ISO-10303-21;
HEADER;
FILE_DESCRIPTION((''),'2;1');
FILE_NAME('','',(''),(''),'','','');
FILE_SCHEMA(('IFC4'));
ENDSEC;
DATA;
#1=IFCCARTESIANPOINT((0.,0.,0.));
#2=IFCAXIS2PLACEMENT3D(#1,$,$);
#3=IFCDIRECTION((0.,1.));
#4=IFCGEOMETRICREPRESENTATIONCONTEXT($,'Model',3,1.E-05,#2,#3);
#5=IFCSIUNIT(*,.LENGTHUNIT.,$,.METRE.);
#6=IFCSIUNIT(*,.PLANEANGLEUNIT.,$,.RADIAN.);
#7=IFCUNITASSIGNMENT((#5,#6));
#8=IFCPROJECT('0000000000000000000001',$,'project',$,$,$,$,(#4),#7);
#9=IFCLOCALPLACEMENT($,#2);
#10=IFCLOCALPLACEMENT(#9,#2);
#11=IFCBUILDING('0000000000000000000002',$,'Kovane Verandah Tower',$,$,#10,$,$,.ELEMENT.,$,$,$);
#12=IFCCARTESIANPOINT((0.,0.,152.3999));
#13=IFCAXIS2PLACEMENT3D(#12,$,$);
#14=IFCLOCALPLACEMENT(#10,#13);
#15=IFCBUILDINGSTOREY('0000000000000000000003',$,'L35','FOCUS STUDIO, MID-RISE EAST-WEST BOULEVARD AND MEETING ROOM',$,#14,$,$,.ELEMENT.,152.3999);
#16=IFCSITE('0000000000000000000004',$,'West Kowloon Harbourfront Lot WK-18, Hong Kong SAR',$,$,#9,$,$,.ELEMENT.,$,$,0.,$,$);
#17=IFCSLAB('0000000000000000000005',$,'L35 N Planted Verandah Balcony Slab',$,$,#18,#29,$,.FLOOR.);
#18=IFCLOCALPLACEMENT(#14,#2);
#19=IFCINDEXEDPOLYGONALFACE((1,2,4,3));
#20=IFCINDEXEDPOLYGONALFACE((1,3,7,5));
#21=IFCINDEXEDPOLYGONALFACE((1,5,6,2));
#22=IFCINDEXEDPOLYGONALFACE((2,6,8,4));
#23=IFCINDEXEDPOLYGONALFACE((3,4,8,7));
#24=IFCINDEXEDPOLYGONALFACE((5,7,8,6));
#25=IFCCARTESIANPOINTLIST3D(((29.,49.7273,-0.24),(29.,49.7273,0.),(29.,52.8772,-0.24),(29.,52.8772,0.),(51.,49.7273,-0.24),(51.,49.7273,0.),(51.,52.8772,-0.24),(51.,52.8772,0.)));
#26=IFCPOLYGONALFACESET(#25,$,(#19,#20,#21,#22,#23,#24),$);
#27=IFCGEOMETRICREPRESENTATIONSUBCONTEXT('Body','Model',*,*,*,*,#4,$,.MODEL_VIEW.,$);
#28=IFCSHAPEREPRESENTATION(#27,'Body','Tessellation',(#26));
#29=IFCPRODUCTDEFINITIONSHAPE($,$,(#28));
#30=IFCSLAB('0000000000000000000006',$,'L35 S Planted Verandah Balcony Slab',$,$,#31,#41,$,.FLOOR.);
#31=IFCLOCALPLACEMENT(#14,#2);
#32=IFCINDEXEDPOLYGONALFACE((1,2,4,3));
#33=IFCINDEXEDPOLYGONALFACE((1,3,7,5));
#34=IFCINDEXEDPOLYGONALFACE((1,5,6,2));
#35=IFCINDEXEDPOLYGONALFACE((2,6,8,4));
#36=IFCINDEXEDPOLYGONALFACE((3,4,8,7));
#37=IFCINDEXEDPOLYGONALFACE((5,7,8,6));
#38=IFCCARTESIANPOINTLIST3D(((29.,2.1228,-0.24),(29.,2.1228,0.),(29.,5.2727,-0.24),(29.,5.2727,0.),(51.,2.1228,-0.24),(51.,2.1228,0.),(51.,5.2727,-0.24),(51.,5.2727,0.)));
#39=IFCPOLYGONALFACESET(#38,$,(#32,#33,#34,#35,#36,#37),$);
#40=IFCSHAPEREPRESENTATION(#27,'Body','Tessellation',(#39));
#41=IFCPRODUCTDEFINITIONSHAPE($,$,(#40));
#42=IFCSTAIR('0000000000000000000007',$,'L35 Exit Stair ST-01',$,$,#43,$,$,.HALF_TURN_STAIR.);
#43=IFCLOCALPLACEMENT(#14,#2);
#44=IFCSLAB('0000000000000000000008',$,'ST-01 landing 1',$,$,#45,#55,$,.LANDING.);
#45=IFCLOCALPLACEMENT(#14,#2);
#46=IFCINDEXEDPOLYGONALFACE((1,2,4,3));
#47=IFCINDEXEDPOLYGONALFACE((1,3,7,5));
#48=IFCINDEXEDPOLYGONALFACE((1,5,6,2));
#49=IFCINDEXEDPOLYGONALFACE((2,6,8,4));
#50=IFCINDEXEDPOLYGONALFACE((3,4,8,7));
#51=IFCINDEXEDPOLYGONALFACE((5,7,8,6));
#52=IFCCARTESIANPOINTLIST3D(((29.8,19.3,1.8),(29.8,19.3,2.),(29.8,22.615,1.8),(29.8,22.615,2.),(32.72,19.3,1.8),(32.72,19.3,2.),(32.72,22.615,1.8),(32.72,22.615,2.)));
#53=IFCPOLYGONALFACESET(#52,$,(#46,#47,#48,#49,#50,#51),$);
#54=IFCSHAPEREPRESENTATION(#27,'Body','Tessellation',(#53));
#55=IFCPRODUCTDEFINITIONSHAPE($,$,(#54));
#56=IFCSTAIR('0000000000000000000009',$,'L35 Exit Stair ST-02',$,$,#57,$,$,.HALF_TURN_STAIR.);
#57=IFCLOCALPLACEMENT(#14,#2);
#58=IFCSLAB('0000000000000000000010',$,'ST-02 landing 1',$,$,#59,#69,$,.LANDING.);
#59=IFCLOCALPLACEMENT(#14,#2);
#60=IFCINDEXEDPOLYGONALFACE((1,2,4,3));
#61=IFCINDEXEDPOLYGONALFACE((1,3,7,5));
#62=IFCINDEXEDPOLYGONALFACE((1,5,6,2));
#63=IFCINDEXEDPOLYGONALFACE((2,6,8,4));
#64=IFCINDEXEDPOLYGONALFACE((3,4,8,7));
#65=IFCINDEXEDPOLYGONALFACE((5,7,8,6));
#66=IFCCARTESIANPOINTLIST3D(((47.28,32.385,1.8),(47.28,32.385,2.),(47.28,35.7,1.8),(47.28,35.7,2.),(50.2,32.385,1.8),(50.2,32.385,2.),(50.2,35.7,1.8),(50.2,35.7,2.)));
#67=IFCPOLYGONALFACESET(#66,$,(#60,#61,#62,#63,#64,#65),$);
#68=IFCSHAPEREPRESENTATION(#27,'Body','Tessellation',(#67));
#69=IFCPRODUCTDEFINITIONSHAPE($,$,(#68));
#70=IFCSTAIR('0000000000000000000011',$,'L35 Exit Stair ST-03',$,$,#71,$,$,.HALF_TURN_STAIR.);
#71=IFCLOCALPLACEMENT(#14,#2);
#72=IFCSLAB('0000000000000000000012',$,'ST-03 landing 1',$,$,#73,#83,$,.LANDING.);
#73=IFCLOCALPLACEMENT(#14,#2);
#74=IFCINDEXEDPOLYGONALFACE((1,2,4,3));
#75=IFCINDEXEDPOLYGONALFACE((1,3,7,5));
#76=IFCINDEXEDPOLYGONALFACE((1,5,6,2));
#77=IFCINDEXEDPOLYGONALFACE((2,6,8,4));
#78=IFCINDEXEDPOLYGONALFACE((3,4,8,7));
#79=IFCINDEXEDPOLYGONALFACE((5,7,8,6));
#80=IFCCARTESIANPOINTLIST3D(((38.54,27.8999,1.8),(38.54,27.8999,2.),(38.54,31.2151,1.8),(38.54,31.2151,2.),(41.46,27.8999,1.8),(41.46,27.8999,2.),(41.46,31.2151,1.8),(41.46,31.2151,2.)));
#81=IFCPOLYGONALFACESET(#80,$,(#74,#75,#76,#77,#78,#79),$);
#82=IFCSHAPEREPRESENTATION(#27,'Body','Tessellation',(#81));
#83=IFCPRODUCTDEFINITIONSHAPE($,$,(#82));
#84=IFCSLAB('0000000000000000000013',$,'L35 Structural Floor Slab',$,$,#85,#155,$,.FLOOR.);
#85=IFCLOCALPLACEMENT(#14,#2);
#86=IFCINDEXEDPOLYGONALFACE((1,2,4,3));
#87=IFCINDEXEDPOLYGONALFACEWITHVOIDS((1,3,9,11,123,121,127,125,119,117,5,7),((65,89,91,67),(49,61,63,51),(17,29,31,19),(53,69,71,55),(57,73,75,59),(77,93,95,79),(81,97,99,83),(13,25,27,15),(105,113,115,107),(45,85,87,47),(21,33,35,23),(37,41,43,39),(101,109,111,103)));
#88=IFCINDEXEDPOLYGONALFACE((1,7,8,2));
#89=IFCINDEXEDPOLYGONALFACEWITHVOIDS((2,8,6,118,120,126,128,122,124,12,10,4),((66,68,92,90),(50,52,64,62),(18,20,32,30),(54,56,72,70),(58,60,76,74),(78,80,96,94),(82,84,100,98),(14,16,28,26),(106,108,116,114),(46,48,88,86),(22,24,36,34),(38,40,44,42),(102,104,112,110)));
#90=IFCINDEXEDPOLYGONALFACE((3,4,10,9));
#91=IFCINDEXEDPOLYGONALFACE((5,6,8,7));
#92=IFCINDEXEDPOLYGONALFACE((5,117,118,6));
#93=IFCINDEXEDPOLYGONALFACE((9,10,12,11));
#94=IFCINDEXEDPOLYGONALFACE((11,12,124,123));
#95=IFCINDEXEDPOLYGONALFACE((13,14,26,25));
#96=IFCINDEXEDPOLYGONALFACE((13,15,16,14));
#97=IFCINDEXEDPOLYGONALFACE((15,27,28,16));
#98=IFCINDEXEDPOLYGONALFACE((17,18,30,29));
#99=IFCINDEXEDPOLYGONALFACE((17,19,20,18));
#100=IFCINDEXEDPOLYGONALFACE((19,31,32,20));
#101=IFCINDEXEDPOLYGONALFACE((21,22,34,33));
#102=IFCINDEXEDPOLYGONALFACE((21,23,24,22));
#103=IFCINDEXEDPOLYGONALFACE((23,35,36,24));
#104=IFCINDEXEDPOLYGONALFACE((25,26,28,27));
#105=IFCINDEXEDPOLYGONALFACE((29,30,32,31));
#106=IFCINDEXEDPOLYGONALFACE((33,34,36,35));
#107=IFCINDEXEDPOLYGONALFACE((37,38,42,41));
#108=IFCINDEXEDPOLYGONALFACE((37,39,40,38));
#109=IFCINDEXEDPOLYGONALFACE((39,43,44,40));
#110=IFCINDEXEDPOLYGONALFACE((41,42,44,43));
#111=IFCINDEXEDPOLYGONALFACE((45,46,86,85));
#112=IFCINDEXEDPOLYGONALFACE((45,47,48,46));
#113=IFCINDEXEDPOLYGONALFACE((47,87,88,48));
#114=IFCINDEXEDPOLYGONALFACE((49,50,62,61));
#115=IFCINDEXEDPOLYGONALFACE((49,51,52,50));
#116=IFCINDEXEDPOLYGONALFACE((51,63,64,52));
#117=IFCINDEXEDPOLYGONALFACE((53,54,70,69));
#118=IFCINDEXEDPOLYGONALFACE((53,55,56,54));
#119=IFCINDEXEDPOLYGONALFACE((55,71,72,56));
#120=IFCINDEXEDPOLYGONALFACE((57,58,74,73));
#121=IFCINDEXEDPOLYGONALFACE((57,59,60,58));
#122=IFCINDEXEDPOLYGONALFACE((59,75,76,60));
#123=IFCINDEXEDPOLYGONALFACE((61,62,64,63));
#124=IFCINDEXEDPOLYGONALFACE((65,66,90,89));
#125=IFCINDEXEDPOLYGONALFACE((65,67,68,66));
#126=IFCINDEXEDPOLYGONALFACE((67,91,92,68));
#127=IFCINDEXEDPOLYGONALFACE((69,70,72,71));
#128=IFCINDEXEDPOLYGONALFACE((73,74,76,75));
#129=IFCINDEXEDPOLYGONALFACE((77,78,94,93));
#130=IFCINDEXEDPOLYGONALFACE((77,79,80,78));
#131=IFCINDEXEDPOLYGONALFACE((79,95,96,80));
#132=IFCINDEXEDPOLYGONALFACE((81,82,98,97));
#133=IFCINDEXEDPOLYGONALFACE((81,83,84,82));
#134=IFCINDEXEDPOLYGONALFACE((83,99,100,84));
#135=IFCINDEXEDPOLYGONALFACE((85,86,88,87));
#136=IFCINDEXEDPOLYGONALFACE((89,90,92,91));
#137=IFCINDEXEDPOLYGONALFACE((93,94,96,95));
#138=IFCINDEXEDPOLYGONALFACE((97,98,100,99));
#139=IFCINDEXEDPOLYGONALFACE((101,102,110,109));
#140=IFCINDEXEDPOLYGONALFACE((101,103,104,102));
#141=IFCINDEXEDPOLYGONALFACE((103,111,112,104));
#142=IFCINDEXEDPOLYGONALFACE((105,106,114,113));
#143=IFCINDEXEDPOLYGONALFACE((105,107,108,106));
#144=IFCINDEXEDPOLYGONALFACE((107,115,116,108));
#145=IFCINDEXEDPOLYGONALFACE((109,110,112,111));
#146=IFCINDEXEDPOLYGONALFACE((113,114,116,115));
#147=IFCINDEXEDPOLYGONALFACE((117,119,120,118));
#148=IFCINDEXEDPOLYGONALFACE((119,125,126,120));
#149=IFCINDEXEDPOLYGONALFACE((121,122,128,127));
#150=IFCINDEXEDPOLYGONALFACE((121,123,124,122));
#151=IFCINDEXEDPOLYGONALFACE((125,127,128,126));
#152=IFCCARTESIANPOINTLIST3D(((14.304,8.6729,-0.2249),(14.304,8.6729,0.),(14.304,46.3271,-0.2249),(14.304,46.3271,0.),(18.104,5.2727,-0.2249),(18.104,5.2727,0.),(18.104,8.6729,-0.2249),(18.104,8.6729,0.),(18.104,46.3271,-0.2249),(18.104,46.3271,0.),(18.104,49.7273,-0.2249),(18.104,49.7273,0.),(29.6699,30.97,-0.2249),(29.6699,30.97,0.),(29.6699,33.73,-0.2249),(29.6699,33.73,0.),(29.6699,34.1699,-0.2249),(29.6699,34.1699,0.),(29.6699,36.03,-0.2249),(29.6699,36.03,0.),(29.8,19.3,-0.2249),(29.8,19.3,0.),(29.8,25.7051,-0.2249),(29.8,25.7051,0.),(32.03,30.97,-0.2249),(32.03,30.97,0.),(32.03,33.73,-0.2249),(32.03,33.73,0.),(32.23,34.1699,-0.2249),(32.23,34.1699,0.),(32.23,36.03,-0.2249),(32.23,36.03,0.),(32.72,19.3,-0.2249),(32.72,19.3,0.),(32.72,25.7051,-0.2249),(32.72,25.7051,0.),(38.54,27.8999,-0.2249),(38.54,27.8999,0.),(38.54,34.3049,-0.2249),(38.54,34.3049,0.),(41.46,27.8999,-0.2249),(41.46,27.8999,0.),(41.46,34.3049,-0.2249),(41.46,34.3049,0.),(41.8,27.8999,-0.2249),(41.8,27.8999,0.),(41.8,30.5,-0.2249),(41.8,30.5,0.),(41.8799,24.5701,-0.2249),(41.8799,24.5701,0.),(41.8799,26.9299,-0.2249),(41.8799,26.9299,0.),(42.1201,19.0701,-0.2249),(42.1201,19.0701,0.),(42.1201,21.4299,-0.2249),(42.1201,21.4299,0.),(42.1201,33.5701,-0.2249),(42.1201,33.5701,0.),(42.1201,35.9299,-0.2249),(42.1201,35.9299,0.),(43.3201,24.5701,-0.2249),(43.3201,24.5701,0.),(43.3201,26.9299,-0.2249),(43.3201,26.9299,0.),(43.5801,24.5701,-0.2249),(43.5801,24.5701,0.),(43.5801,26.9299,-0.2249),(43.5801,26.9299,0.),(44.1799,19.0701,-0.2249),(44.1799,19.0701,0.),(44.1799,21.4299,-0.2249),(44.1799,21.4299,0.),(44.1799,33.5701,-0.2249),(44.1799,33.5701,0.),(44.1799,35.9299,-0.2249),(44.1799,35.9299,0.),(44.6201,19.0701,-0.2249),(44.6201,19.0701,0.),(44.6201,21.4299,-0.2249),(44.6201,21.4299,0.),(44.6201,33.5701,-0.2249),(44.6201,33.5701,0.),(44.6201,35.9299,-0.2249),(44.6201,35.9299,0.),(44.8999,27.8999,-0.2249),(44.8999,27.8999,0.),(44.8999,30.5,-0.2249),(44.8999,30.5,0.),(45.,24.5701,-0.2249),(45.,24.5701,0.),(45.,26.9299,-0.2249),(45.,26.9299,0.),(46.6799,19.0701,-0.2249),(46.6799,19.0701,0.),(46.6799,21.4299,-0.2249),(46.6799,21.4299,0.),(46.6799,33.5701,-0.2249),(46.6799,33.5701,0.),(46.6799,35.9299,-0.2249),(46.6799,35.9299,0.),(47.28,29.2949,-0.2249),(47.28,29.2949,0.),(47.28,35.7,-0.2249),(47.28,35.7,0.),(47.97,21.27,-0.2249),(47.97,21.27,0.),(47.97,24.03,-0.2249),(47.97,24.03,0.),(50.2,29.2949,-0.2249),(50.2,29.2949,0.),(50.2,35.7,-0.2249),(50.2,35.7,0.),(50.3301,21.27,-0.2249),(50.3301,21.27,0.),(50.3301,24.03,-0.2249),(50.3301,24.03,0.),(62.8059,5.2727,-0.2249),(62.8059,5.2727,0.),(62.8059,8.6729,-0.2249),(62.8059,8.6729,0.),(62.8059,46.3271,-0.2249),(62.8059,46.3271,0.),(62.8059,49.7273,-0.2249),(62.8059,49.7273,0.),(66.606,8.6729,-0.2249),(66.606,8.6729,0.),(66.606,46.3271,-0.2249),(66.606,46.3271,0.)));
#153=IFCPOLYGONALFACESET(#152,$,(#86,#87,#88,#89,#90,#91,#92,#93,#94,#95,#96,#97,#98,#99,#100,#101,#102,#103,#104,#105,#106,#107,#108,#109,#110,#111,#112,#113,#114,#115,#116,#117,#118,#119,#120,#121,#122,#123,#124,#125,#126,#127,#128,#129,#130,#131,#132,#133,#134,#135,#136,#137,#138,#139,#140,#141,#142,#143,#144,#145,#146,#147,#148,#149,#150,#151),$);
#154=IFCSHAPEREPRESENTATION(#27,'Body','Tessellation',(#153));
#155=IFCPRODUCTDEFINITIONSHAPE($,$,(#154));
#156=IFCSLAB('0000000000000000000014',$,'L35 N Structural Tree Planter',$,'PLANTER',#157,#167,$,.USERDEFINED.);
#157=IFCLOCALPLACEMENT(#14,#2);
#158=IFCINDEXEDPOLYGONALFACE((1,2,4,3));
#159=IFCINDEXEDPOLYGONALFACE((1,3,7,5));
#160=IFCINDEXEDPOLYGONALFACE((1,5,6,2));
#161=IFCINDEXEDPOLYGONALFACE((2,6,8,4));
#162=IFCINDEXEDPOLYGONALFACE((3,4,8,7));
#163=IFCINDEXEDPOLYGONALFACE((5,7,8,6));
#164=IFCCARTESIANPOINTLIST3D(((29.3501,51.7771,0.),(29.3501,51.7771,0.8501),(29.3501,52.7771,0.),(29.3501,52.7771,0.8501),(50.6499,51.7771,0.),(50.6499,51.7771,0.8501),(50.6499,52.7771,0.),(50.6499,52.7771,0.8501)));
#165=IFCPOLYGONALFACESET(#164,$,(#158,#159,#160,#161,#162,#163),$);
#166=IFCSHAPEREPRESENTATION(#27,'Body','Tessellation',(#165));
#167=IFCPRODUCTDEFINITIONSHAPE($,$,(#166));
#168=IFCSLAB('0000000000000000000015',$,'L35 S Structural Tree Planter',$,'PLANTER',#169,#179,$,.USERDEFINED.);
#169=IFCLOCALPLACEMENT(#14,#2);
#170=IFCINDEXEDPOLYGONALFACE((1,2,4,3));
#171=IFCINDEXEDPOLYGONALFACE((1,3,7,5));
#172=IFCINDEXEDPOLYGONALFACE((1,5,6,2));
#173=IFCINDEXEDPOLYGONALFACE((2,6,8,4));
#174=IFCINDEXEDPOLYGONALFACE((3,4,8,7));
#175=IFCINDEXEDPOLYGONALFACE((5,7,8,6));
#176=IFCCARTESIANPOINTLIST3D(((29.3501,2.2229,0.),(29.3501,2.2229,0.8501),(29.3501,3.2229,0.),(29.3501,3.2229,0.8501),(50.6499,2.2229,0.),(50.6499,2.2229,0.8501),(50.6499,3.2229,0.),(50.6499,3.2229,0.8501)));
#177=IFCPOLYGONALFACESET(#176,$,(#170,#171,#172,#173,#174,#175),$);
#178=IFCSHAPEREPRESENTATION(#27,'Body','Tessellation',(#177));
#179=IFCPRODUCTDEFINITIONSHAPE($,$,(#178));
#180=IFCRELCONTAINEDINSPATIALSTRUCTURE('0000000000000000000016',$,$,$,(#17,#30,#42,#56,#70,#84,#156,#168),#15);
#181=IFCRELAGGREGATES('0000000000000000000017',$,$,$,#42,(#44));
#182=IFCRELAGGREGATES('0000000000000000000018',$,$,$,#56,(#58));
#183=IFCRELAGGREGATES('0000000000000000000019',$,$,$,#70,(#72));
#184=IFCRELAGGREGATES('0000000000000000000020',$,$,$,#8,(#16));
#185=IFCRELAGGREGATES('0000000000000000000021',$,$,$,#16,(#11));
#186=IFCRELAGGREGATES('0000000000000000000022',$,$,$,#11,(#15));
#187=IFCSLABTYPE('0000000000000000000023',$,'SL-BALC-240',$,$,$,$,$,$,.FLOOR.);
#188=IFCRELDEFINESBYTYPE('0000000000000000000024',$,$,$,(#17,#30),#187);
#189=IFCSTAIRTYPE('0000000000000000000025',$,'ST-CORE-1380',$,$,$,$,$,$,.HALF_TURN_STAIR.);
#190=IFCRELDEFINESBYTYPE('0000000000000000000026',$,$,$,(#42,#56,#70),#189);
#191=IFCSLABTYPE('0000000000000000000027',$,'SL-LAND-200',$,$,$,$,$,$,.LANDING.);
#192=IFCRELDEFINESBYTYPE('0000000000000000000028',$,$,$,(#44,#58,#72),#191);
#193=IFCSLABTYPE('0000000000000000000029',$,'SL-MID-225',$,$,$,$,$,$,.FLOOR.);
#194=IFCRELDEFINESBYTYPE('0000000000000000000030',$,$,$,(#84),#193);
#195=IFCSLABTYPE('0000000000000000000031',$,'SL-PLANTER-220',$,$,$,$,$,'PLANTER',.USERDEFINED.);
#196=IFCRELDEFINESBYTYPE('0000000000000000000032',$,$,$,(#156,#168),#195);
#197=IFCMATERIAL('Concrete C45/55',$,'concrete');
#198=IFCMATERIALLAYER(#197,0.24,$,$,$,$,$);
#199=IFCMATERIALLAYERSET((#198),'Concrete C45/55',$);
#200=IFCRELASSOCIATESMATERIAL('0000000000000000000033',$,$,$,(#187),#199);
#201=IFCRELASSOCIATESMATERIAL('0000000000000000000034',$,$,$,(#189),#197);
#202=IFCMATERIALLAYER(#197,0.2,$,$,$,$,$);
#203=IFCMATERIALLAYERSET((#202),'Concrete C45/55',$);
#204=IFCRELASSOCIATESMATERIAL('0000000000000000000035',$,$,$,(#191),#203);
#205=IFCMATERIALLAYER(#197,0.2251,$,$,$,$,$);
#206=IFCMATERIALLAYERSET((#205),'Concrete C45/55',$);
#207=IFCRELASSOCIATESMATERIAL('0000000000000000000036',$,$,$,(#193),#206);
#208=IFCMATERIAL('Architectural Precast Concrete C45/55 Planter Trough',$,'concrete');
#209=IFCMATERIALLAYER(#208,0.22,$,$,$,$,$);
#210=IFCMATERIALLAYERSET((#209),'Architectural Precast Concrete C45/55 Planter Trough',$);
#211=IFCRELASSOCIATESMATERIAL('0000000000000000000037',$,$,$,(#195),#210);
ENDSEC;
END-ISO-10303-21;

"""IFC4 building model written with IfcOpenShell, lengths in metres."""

from ifc_helpers import new_model, si_unit, direction, frame, origin, place, context, subcontext, project, spatial, polyline, outline, extrude, material, layer, layer_set, type_object, element, aggregate, save


model = new_model("IFC4")

# Units and contexts
model_context = context("Model", 3, precision=1e-05, world=origin(), true_north=direction((0.0, 1.0)))
body_context = subcontext(model_context, "Body", "Model", "MODEL_VIEW")
ifc_project = project(units=[si_unit("LENGTHUNIT", "METRE"), si_unit("PLANEANGLEUNIT", "RADIAN")], contexts=[model_context])

# Site, building, storey
site_placement = place(None, origin())
site = spatial("IfcSite", under=ifc_project, at=site_placement, Name="West Kowloon Harbourfront Lot WK-18, Hong Kong SAR", CompositionType="ELEMENT", RefElevation=0.0)
building_placement = place(site_placement, origin())
building = spatial("IfcBuilding", under=site, at=building_placement, Name="Kovane Verandah Tower", CompositionType="ELEMENT")
storey_placement = place(building_placement, frame((0.0, 0.0, 152.3999)))
storey = spatial("IfcBuildingStorey", under=building, at=storey_placement, Name="L35", Description="FOCUS STUDIO, MID-RISE EAST-WEST BOULEVARD AND MEETING ROOM", CompositionType="ELEMENT", Elevation=152.3999)

# Slabs
ifc_material_1 = material(Name="Concrete C45/55", Category="concrete")
ifc_layer_1 = layer(ifc_material_1, 0.24)
ifc_layer_set_1 = layer_set([ifc_layer_1], Name="Concrete C45/55")
slab_type_1 = type_object("IfcSlabType", Name="SL-BALC-240", PredefinedType="FLOOR", material=ifc_layer_set_1)
slab_1_placement = place(storey_placement, frame((0.0, 0.0, -0.24)))
element("IfcSlab", 1, at=slab_1_placement, inside=storey, type_object=slab_type_1, Name="L35 N Planted Verandah Balcony Slab", PredefinedType="FLOOR", context=body_context, shape_type="SweptSolid", body=[
    extrude(outline(polyline([(29.0, 49.7273), (51.0, 49.7273), (51.0, 52.8772), (29.0, 52.8772), (29.0, 49.7273)])), origin(), (0.0, 0.0, 1.0), 0.24),
])
slab_2_placement = place(storey_placement, frame((0.0, 0.0, -0.24)))
element("IfcSlab", 2, at=slab_2_placement, inside=storey, type_object=slab_type_1, Name="L35 S Planted Verandah Balcony Slab", PredefinedType="FLOOR", context=body_context, shape_type="SweptSolid", body=[
    extrude(outline(polyline([(29.0, 2.1228), (51.0, 2.1228), (51.0, 5.2727), (29.0, 5.2727), (29.0, 2.1228)])), origin(), (0.0, 0.0, 1.0), 0.24),
])

# Stairs, slabs
stair_type = type_object("IfcStairType", Name="ST-CORE-1380", PredefinedType="HALF_TURN_STAIR", material=ifc_material_1)
stair_1_placement = place(storey_placement, origin())
stair_1 = element("IfcStair", 3, at=stair_1_placement, inside=storey, type_object=stair_type, Name="L35 Exit Stair ST-01", PredefinedType="HALF_TURN_STAIR")
ifc_layer_2 = layer(ifc_material_1, 0.2)
ifc_layer_set_2 = layer_set([ifc_layer_2], Name="Concrete C45/55")
slab_type_2 = type_object("IfcSlabType", Name="SL-LAND-200", PredefinedType="LANDING", material=ifc_layer_set_2)
slab_3_placement = place(storey_placement, frame((0.0, 0.0, 1.8)))
slab_3 = element("IfcSlab", 4, at=slab_3_placement, type_object=slab_type_2, Name="ST-01 landing 1", PredefinedType="LANDING", context=body_context, shape_type="SweptSolid", body=[
    extrude(outline(polyline([(29.8, 22.615), (29.8, 19.3), (32.72, 19.3), (32.72, 22.615), (29.8, 22.615)])), origin(), (0.0, 0.0, 1.0), 0.2),
])
aggregate(stair_1, [slab_3])
stair_2_placement = place(storey_placement, origin())
stair_2 = element("IfcStair", 5, at=stair_2_placement, inside=storey, type_object=stair_type, Name="L35 Exit Stair ST-02", PredefinedType="HALF_TURN_STAIR")
slab_4_placement = place(storey_placement, frame((0.0, 0.0, 1.8)))
slab_4 = element("IfcSlab", 6, at=slab_4_placement, type_object=slab_type_2, Name="ST-02 landing 1", PredefinedType="LANDING", context=body_context, shape_type="SweptSolid", body=[
    extrude(outline(polyline([(50.2, 32.385), (50.2, 35.7), (47.28, 35.7), (47.28, 32.385), (50.2, 32.385)])), origin(), (0.0, 0.0, 1.0), 0.2),
])
aggregate(stair_2, [slab_4])
stair_3_placement = place(storey_placement, origin())
stair_3 = element("IfcStair", 7, at=stair_3_placement, inside=storey, type_object=stair_type, Name="L35 Exit Stair ST-03", PredefinedType="HALF_TURN_STAIR")
slab_5_placement = place(storey_placement, frame((0.0, 0.0, 1.8)))
slab_5 = element("IfcSlab", 8, at=slab_5_placement, type_object=slab_type_2, Name="ST-03 landing 1", PredefinedType="LANDING", context=body_context, shape_type="SweptSolid", body=[
    extrude(outline(polyline([(38.54, 31.2151), (38.54, 27.8999), (41.46, 27.8999), (41.46, 31.2151), (38.54, 31.2151)])), origin(), (0.0, 0.0, 1.0), 0.2),
])
aggregate(stair_3, [slab_5])

# Slabs
ifc_layer_3 = layer(ifc_material_1, 0.2251)
ifc_layer_set_3 = layer_set([ifc_layer_3], Name="Concrete C45/55")
slab_type_3 = type_object("IfcSlabType", Name="SL-MID-225", PredefinedType="FLOOR", material=ifc_layer_set_3)
slab_6_placement = place(storey_placement, frame((0.0, 0.0, -0.2249)))
element("IfcSlab", 9, at=slab_6_placement, inside=storey, type_object=slab_type_3, Name="L35 Structural Floor Slab", PredefinedType="FLOOR", context=body_context, shape_type="SweptSolid", body=[
    extrude(outline(polyline([(18.104, 5.2727), (62.8059, 5.2727), (62.8059, 8.6729), (66.606, 8.6729), (66.606, 46.3271), (62.8059, 46.3271), (62.8059, 49.7273), (18.104, 49.7273), (18.104, 46.3271), (14.304, 46.3271), (14.304, 8.6729), (18.104, 8.6729), (18.104, 5.2727)]), holes=[polyline([(29.8, 19.3), (32.72, 19.3), (32.72, 25.7051), (29.8, 25.7051), (29.8, 19.3)]), polyline([(47.28, 29.2949), (50.2, 29.2949), (50.2, 35.7), (47.28, 35.7), (47.28, 29.2949)]), polyline([(38.54, 27.8999), (41.46, 27.8999), (41.46, 34.3049), (38.54, 34.3049), (38.54, 27.8999)]), polyline([(29.6699, 30.97), (32.03, 30.97), (32.03, 33.73), (29.6699, 33.73), (29.6699, 30.97)]), polyline([(47.97, 21.27), (50.3301, 21.27), (50.3301, 24.03), (47.97, 24.03), (47.97, 21.27)]), polyline([(29.6699, 34.1699), (32.23, 34.1699), (32.23, 36.03), (29.6699, 36.03), (29.6699, 34.1699)]), polyline([(42.1201, 19.0701), (44.1799, 19.0701), (44.1799, 21.4299), (42.1201, 21.4299), (42.1201, 19.0701)]), polyline([(44.6201, 19.0701), (46.6799, 19.0701), (46.6799, 21.4299), (44.6201, 21.4299), (44.6201, 19.0701)]), polyline([(41.8799, 24.5701), (43.3201, 24.5701), (43.3201, 26.9299), (41.8799, 26.9299), (41.8799, 24.5701)]), polyline([(43.5801, 24.5701), (45.0, 24.5701), (45.0, 26.9299), (43.5801, 26.9299), (43.5801, 24.5701)]), polyline([(42.1201, 33.5701), (44.1799, 33.5701), (44.1799, 35.9299), (42.1201, 35.9299), (42.1201, 33.5701)]), polyline([(44.6201, 33.5701), (46.6799, 33.5701), (46.6799, 35.9299), (44.6201, 35.9299), (44.6201, 33.5701)]), polyline([(41.8, 27.8999), (44.8999, 27.8999), (44.8999, 30.5), (41.8, 30.5), (41.8, 27.8999)])]), origin(), (0.0, 0.0, 1.0), 0.2249),
])
ifc_material_2 = material(Name="Architectural Precast Concrete C45/55 Planter Trough", Category="concrete")
ifc_layer_4 = layer(ifc_material_2, 0.22)
ifc_layer_set_4 = layer_set([ifc_layer_4], Name="Architectural Precast Concrete C45/55 Planter Trough")
slab_type_4 = type_object("IfcSlabType", Name="SL-PLANTER-220", ElementType="PLANTER", PredefinedType="USERDEFINED", material=ifc_layer_set_4)
slab_7_placement = place(storey_placement, origin())
element("IfcSlab", 10, at=slab_7_placement, inside=storey, type_object=slab_type_4, Name="L35 N Structural Tree Planter", ObjectType="PLANTER", PredefinedType="USERDEFINED", context=body_context, shape_type="SweptSolid", body=[
    extrude(outline(polyline([(29.3501, 51.7771), (50.6499, 51.7771), (50.6499, 52.7771), (29.3501, 52.7771), (29.3501, 51.7771)])), origin(), (0.0, 0.0, 1.0), 0.8501),
])
slab_8_placement = place(storey_placement, origin())
element("IfcSlab", 11, at=slab_8_placement, inside=storey, type_object=slab_type_4, Name="L35 S Structural Tree Planter", ObjectType="PLANTER", PredefinedType="USERDEFINED", context=body_context, shape_type="SweptSolid", body=[
    extrude(outline(polyline([(29.3501, 2.2229), (50.6499, 2.2229), (50.6499, 3.2229), (29.3501, 3.2229), (29.3501, 2.2229)])), origin(), (0.0, 0.0, 1.0), 0.8501),
])

save(model, "model.ifc")
